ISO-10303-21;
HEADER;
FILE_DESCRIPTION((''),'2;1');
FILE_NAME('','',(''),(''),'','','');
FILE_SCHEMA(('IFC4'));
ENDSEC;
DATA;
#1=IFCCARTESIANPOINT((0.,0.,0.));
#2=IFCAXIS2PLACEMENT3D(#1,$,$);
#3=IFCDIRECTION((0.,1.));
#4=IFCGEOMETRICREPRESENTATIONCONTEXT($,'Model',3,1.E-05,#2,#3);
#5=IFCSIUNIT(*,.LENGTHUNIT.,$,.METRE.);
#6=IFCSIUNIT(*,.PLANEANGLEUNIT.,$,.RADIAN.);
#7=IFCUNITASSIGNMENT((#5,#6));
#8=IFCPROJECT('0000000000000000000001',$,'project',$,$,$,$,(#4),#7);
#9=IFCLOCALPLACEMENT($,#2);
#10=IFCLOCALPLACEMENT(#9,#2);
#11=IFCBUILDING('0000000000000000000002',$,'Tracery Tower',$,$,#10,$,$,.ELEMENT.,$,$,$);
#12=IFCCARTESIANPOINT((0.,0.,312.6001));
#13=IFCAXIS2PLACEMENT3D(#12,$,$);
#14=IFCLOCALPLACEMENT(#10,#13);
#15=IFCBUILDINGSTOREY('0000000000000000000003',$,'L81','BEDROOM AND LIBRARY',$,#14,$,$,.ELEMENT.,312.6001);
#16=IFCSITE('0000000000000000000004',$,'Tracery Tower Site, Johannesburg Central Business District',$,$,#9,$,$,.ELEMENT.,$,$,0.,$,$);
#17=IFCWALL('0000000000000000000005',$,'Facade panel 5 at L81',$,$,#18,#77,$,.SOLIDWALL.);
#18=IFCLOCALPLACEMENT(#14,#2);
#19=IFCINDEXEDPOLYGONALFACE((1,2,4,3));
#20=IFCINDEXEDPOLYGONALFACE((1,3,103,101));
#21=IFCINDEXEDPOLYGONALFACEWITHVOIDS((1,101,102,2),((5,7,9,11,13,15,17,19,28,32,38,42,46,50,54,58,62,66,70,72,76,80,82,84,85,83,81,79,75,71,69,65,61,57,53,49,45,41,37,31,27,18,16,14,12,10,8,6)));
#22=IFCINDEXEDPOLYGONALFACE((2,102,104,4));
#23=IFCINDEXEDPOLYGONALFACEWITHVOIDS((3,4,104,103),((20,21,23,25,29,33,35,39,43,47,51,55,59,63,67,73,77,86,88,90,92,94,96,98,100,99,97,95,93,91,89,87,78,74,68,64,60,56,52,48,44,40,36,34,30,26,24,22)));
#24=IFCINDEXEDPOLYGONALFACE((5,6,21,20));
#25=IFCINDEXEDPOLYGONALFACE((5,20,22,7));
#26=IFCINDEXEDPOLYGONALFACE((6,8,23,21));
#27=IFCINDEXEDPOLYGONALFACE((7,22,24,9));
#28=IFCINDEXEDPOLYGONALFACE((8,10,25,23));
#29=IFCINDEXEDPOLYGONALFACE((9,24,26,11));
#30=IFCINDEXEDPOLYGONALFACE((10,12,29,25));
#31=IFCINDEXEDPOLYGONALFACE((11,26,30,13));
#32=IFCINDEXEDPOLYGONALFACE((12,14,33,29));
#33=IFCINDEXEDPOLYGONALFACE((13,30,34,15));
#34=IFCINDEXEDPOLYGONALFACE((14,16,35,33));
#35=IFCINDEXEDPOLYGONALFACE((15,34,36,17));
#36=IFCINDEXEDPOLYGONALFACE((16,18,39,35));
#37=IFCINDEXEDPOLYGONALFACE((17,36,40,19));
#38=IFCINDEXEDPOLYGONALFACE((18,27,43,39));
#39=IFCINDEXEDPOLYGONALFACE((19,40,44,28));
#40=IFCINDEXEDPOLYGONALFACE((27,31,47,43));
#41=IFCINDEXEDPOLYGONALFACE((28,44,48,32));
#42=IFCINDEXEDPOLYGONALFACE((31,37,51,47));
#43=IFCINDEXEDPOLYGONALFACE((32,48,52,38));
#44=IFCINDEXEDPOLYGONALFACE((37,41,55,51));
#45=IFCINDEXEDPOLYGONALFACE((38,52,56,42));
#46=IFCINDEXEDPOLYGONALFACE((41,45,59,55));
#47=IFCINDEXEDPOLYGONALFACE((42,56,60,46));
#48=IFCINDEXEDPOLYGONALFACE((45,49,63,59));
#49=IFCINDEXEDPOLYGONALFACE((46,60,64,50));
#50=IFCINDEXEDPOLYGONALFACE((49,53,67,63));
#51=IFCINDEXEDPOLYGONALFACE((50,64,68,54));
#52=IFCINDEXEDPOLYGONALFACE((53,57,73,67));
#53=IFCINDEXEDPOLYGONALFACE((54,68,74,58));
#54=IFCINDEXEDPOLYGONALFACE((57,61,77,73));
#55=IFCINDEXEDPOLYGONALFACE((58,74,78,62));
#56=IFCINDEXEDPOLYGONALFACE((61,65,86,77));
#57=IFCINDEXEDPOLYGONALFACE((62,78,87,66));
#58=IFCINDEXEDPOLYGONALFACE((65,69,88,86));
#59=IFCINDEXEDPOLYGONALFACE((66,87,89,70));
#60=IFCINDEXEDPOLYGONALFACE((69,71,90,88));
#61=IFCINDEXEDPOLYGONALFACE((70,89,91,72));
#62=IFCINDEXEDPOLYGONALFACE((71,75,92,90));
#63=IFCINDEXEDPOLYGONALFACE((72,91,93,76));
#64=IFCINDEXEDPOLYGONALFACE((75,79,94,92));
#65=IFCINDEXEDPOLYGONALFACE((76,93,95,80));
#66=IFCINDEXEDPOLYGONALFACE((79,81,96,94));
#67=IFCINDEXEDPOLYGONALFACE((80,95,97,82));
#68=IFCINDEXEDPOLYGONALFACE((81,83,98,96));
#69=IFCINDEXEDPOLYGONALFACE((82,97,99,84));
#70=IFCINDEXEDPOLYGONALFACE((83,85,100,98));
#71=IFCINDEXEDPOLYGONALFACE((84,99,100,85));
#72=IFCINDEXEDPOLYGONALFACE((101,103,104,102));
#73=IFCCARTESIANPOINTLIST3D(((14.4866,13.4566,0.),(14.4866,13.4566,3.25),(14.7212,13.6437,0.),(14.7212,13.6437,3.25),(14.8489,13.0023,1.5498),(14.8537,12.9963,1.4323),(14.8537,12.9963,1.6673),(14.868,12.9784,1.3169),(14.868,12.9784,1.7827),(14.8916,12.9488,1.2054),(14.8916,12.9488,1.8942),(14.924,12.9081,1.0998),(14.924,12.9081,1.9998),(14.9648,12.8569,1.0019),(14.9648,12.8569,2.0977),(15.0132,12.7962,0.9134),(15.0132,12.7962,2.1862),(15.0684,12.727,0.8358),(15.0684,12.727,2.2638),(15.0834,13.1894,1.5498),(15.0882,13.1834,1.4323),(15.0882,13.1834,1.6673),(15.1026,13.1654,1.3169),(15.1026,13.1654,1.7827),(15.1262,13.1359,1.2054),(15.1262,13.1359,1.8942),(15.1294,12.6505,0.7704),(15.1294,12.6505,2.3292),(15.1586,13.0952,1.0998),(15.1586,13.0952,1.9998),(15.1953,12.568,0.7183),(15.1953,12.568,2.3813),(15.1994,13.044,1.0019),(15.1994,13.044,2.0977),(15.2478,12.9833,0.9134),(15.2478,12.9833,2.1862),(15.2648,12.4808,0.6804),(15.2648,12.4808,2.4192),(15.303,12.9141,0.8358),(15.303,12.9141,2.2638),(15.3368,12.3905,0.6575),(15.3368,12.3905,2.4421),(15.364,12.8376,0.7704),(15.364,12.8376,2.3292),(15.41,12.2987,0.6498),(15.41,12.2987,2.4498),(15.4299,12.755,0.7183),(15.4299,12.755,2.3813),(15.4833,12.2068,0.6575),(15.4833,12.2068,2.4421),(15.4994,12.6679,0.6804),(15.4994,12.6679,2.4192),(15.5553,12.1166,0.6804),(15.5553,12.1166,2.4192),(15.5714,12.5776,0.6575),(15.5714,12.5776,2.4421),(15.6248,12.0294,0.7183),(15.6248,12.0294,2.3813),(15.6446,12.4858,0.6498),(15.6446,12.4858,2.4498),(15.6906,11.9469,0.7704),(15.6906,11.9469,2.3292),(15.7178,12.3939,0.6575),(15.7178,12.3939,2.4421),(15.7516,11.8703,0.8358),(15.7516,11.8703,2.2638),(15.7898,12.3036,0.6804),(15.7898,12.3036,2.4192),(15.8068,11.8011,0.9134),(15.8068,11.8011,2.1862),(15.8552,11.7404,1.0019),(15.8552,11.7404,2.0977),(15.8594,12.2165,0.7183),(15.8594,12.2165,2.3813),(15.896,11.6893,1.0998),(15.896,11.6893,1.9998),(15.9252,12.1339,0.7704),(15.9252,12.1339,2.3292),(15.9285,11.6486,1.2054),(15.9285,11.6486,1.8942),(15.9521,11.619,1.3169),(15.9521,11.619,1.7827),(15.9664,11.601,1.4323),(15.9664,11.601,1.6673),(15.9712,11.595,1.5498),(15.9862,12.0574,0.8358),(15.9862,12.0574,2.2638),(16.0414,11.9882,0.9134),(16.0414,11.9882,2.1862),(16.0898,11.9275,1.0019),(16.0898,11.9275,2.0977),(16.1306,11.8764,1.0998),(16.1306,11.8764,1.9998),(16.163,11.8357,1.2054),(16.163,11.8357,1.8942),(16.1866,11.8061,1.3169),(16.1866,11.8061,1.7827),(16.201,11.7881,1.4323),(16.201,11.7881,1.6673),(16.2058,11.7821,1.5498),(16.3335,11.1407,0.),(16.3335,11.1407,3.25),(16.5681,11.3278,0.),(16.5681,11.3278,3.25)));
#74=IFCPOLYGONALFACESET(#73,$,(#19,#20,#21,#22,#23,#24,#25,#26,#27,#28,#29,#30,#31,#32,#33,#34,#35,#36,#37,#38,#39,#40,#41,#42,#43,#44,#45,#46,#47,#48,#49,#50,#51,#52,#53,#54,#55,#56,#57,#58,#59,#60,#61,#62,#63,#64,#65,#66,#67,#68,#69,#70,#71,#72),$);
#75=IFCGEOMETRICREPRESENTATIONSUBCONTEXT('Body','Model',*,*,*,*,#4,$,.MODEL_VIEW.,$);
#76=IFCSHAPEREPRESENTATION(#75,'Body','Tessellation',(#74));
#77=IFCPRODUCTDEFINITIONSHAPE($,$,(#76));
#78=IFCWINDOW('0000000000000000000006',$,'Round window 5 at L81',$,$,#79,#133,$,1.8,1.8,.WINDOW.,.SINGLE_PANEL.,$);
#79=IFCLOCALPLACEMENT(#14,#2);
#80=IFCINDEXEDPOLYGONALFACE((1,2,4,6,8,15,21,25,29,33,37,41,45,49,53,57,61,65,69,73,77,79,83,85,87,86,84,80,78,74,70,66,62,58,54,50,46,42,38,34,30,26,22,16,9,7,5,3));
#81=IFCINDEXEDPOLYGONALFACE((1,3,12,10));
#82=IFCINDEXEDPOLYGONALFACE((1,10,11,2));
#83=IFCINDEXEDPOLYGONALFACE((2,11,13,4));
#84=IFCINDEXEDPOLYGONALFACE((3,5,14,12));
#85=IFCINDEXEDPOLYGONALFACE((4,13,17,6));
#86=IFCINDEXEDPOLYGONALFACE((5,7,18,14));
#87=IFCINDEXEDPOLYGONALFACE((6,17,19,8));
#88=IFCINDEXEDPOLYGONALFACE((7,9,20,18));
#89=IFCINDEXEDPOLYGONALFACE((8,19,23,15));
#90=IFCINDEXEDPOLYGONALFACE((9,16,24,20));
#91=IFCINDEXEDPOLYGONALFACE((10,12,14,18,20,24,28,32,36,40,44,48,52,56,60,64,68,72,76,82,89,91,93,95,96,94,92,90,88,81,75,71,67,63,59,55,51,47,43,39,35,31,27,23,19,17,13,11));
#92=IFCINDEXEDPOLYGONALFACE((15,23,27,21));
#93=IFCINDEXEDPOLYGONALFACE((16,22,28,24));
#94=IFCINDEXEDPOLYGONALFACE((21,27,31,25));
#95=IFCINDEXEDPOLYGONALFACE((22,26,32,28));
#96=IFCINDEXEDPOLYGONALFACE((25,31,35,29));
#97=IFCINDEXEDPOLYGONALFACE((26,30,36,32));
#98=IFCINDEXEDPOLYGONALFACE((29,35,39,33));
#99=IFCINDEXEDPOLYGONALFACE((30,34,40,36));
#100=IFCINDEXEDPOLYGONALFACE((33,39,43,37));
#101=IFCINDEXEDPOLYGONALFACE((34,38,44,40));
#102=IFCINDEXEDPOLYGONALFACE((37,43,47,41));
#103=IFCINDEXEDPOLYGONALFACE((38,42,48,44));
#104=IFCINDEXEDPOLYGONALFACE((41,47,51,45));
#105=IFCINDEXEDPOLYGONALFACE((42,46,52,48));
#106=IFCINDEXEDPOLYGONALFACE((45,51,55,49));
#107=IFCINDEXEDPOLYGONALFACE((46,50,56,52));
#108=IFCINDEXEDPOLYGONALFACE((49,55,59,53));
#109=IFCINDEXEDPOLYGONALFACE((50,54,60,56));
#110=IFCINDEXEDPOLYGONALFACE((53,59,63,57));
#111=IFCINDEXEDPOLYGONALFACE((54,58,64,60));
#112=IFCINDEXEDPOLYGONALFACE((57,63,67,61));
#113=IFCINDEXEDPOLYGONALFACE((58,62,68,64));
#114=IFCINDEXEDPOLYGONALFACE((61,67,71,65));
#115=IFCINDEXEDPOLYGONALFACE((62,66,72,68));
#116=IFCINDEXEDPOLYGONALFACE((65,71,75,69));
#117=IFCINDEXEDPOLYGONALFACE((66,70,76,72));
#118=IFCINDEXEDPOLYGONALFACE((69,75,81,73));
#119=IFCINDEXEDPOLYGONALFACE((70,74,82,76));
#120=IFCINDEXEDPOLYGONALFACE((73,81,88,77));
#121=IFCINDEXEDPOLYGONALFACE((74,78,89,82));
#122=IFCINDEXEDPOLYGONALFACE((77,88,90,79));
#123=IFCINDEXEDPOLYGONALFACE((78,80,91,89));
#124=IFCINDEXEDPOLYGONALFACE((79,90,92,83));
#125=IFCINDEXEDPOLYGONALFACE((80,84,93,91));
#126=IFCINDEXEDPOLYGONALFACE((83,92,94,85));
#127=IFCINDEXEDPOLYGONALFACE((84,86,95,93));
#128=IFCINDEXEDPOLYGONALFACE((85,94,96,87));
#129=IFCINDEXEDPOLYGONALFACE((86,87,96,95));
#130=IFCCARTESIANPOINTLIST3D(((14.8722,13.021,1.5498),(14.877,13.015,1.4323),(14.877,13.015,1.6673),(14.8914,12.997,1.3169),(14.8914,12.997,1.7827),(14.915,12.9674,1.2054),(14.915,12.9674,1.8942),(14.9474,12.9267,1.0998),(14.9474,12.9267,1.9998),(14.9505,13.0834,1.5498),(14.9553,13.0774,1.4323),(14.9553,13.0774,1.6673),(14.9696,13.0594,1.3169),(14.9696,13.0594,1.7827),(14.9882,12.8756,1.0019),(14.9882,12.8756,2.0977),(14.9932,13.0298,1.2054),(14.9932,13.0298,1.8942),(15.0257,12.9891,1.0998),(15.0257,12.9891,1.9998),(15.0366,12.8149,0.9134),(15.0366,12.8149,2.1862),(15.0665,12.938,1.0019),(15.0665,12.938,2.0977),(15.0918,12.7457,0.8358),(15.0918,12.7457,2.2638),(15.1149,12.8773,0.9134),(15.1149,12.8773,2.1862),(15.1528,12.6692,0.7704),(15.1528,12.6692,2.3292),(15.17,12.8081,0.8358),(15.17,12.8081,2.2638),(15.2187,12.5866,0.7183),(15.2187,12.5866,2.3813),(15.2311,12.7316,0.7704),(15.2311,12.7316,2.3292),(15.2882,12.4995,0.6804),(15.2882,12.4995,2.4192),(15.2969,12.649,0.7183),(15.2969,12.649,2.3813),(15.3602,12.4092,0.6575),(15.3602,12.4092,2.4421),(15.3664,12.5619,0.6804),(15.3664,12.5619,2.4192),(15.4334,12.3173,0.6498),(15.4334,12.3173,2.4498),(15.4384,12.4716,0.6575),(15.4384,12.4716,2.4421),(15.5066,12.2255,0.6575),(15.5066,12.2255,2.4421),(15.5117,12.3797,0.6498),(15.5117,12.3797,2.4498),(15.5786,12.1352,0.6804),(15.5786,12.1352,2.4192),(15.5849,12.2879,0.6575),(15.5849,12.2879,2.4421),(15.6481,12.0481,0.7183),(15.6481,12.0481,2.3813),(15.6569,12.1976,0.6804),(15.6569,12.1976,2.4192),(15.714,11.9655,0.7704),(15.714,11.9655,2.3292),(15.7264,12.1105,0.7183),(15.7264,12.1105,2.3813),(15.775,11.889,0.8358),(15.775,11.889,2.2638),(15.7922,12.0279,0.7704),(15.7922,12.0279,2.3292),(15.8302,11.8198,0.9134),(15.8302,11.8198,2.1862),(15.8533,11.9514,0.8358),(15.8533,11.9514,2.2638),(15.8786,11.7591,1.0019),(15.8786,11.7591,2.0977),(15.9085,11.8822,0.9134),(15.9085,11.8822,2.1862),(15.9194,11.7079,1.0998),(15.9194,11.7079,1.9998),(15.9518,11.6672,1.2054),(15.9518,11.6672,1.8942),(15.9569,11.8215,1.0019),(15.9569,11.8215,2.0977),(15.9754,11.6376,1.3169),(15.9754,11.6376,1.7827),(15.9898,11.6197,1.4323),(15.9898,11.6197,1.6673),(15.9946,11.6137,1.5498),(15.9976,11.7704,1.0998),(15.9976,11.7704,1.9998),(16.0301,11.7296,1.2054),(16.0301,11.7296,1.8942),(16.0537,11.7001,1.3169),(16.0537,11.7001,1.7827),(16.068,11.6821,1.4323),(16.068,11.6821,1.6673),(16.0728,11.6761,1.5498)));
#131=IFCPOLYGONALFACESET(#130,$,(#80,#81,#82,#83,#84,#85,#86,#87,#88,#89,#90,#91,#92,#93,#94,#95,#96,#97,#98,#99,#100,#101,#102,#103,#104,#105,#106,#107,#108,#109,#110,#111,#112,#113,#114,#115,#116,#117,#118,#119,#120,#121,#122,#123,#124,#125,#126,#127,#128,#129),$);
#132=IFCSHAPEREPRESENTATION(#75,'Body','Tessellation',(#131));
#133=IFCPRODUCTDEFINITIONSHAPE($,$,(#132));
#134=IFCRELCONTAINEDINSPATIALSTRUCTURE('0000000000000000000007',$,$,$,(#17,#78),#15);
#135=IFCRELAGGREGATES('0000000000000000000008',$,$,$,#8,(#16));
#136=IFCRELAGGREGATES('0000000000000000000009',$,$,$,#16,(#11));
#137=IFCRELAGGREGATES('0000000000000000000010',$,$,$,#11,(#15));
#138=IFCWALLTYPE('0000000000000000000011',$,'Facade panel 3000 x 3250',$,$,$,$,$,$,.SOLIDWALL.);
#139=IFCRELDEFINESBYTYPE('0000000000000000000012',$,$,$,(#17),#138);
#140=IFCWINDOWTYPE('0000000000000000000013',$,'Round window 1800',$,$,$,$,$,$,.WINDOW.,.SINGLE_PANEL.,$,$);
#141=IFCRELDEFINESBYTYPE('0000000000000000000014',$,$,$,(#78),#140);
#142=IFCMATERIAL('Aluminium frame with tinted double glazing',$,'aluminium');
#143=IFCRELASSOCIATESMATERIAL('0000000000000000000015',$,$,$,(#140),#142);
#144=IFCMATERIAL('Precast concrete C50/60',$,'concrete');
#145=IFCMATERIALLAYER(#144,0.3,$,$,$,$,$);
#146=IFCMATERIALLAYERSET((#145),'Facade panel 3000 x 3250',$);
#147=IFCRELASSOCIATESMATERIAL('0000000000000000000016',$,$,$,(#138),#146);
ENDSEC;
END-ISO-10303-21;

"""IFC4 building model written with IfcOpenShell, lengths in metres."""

from ifc_helpers import new_model, si_unit, direction, frame, frame_2d, origin, origin_2d, place, context, subcontext, project, spatial, rectangle, circle, extrude, material, layer, layer_set, type_object, element, fill, save


model = new_model("IFC4")

# Units and contexts
model_context = context("Model", 3, precision=1e-05, world=origin(), true_north=direction((0.0, 1.0)))
body_context = subcontext(model_context, "Body", "Model", "MODEL_VIEW")
ifc_project = project(units=[si_unit("LENGTHUNIT", "METRE"), si_unit("PLANEANGLEUNIT", "RADIAN")], contexts=[model_context])

# Site, building, storey
site_placement = place(None, origin())
site = spatial("IfcSite", under=ifc_project, at=site_placement, Name="Tracery Tower Site, Johannesburg Central Business District", CompositionType="ELEMENT", RefElevation=0.0)
building_placement = place(site_placement, origin())
building = spatial("IfcBuilding", under=site, at=building_placement, Name="Tracery Tower", CompositionType="ELEMENT")
storey_placement = place(building_placement, frame((0.0, 0.0, 312.6001)))
storey = spatial("IfcBuildingStorey", under=building, at=storey_placement, Name="L81", Description="BEDROOM AND LIBRARY", CompositionType="ELEMENT", Elevation=312.6001)

# Wall, opening, window
ifc_material_1 = material(Name="Aluminium frame with tinted double glazing", Category="aluminium")
window_type = type_object("IfcWindowType", Name="Round window 1800", PartitioningType="SINGLE_PANEL", PredefinedType="WINDOW", material=ifc_material_1)
ifc_material_2 = material(Name="Precast concrete C50/60", Category="concrete")
ifc_layer_1 = layer(ifc_material_2, 0.3)
ifc_layer_set_1 = layer_set([ifc_layer_1], Name="Facade panel 3000 x 3250")
wall_type_1 = type_object("IfcWallType", Name="Facade panel 3000 x 3250", PredefinedType="SOLIDWALL", material=ifc_layer_set_1)
wall_1_placement = place(storey_placement, frame((16.4507, 11.2344, 0.0), z_axis=(0.0, 0.0, 1.0), x_axis=(-0.623498, 0.781825, 0.0)))
wall_1 = element("IfcWall", 1, at=wall_1_placement, inside=storey, type_object=wall_type_1, Name="Facade panel 5 at L81", PredefinedType="SOLIDWALL", context=body_context, shape_type="SweptSolid", body=[
    extrude(rectangle(XDim=2.9622, YDim=0.3, at=frame_2d((1.481, 0.0))), origin(), (0.0, 0.0, 1.0), 3.25),
])
opening_1_placement = place(wall_1_placement, frame((1.481, 0.0, 1.5498)))
opening_1 = element("IfcOpeningElement", 2, at=opening_1_placement, cuts=wall_1, PredefinedType="OPENING", context=body_context, shape_type="SweptSolid", body=[
    extrude(circle(Radius=0.9, at=origin_2d()), frame((0.0, 0.1599, 0.0), z_axis=(0.0, -1.0, 0.0), x_axis=(1.0, 0.0, 0.0)), (0.0, 0.0, 1.0), 0.3201),
])
window_1_placement = place(opening_1_placement, origin())
window_1 = element("IfcWindow", 3, at=window_1_placement, inside=storey, type_object=window_type, Name="Round window 5 at L81", OverallHeight=1.8, OverallWidth=1.8, PartitioningType="SINGLE_PANEL", PredefinedType="WINDOW", context=body_context, shape_type="SweptSolid", body=[
    extrude(circle(Radius=0.9, at=origin_2d()), frame((0.0, 0.1201, 0.0), z_axis=(0.0, -1.0, 0.0), x_axis=(1.0, 0.0, 0.0)), (0.0, 0.0, 1.0), 0.1001),
])
fill(opening_1, window_1)

save(model, "model.ifc")
